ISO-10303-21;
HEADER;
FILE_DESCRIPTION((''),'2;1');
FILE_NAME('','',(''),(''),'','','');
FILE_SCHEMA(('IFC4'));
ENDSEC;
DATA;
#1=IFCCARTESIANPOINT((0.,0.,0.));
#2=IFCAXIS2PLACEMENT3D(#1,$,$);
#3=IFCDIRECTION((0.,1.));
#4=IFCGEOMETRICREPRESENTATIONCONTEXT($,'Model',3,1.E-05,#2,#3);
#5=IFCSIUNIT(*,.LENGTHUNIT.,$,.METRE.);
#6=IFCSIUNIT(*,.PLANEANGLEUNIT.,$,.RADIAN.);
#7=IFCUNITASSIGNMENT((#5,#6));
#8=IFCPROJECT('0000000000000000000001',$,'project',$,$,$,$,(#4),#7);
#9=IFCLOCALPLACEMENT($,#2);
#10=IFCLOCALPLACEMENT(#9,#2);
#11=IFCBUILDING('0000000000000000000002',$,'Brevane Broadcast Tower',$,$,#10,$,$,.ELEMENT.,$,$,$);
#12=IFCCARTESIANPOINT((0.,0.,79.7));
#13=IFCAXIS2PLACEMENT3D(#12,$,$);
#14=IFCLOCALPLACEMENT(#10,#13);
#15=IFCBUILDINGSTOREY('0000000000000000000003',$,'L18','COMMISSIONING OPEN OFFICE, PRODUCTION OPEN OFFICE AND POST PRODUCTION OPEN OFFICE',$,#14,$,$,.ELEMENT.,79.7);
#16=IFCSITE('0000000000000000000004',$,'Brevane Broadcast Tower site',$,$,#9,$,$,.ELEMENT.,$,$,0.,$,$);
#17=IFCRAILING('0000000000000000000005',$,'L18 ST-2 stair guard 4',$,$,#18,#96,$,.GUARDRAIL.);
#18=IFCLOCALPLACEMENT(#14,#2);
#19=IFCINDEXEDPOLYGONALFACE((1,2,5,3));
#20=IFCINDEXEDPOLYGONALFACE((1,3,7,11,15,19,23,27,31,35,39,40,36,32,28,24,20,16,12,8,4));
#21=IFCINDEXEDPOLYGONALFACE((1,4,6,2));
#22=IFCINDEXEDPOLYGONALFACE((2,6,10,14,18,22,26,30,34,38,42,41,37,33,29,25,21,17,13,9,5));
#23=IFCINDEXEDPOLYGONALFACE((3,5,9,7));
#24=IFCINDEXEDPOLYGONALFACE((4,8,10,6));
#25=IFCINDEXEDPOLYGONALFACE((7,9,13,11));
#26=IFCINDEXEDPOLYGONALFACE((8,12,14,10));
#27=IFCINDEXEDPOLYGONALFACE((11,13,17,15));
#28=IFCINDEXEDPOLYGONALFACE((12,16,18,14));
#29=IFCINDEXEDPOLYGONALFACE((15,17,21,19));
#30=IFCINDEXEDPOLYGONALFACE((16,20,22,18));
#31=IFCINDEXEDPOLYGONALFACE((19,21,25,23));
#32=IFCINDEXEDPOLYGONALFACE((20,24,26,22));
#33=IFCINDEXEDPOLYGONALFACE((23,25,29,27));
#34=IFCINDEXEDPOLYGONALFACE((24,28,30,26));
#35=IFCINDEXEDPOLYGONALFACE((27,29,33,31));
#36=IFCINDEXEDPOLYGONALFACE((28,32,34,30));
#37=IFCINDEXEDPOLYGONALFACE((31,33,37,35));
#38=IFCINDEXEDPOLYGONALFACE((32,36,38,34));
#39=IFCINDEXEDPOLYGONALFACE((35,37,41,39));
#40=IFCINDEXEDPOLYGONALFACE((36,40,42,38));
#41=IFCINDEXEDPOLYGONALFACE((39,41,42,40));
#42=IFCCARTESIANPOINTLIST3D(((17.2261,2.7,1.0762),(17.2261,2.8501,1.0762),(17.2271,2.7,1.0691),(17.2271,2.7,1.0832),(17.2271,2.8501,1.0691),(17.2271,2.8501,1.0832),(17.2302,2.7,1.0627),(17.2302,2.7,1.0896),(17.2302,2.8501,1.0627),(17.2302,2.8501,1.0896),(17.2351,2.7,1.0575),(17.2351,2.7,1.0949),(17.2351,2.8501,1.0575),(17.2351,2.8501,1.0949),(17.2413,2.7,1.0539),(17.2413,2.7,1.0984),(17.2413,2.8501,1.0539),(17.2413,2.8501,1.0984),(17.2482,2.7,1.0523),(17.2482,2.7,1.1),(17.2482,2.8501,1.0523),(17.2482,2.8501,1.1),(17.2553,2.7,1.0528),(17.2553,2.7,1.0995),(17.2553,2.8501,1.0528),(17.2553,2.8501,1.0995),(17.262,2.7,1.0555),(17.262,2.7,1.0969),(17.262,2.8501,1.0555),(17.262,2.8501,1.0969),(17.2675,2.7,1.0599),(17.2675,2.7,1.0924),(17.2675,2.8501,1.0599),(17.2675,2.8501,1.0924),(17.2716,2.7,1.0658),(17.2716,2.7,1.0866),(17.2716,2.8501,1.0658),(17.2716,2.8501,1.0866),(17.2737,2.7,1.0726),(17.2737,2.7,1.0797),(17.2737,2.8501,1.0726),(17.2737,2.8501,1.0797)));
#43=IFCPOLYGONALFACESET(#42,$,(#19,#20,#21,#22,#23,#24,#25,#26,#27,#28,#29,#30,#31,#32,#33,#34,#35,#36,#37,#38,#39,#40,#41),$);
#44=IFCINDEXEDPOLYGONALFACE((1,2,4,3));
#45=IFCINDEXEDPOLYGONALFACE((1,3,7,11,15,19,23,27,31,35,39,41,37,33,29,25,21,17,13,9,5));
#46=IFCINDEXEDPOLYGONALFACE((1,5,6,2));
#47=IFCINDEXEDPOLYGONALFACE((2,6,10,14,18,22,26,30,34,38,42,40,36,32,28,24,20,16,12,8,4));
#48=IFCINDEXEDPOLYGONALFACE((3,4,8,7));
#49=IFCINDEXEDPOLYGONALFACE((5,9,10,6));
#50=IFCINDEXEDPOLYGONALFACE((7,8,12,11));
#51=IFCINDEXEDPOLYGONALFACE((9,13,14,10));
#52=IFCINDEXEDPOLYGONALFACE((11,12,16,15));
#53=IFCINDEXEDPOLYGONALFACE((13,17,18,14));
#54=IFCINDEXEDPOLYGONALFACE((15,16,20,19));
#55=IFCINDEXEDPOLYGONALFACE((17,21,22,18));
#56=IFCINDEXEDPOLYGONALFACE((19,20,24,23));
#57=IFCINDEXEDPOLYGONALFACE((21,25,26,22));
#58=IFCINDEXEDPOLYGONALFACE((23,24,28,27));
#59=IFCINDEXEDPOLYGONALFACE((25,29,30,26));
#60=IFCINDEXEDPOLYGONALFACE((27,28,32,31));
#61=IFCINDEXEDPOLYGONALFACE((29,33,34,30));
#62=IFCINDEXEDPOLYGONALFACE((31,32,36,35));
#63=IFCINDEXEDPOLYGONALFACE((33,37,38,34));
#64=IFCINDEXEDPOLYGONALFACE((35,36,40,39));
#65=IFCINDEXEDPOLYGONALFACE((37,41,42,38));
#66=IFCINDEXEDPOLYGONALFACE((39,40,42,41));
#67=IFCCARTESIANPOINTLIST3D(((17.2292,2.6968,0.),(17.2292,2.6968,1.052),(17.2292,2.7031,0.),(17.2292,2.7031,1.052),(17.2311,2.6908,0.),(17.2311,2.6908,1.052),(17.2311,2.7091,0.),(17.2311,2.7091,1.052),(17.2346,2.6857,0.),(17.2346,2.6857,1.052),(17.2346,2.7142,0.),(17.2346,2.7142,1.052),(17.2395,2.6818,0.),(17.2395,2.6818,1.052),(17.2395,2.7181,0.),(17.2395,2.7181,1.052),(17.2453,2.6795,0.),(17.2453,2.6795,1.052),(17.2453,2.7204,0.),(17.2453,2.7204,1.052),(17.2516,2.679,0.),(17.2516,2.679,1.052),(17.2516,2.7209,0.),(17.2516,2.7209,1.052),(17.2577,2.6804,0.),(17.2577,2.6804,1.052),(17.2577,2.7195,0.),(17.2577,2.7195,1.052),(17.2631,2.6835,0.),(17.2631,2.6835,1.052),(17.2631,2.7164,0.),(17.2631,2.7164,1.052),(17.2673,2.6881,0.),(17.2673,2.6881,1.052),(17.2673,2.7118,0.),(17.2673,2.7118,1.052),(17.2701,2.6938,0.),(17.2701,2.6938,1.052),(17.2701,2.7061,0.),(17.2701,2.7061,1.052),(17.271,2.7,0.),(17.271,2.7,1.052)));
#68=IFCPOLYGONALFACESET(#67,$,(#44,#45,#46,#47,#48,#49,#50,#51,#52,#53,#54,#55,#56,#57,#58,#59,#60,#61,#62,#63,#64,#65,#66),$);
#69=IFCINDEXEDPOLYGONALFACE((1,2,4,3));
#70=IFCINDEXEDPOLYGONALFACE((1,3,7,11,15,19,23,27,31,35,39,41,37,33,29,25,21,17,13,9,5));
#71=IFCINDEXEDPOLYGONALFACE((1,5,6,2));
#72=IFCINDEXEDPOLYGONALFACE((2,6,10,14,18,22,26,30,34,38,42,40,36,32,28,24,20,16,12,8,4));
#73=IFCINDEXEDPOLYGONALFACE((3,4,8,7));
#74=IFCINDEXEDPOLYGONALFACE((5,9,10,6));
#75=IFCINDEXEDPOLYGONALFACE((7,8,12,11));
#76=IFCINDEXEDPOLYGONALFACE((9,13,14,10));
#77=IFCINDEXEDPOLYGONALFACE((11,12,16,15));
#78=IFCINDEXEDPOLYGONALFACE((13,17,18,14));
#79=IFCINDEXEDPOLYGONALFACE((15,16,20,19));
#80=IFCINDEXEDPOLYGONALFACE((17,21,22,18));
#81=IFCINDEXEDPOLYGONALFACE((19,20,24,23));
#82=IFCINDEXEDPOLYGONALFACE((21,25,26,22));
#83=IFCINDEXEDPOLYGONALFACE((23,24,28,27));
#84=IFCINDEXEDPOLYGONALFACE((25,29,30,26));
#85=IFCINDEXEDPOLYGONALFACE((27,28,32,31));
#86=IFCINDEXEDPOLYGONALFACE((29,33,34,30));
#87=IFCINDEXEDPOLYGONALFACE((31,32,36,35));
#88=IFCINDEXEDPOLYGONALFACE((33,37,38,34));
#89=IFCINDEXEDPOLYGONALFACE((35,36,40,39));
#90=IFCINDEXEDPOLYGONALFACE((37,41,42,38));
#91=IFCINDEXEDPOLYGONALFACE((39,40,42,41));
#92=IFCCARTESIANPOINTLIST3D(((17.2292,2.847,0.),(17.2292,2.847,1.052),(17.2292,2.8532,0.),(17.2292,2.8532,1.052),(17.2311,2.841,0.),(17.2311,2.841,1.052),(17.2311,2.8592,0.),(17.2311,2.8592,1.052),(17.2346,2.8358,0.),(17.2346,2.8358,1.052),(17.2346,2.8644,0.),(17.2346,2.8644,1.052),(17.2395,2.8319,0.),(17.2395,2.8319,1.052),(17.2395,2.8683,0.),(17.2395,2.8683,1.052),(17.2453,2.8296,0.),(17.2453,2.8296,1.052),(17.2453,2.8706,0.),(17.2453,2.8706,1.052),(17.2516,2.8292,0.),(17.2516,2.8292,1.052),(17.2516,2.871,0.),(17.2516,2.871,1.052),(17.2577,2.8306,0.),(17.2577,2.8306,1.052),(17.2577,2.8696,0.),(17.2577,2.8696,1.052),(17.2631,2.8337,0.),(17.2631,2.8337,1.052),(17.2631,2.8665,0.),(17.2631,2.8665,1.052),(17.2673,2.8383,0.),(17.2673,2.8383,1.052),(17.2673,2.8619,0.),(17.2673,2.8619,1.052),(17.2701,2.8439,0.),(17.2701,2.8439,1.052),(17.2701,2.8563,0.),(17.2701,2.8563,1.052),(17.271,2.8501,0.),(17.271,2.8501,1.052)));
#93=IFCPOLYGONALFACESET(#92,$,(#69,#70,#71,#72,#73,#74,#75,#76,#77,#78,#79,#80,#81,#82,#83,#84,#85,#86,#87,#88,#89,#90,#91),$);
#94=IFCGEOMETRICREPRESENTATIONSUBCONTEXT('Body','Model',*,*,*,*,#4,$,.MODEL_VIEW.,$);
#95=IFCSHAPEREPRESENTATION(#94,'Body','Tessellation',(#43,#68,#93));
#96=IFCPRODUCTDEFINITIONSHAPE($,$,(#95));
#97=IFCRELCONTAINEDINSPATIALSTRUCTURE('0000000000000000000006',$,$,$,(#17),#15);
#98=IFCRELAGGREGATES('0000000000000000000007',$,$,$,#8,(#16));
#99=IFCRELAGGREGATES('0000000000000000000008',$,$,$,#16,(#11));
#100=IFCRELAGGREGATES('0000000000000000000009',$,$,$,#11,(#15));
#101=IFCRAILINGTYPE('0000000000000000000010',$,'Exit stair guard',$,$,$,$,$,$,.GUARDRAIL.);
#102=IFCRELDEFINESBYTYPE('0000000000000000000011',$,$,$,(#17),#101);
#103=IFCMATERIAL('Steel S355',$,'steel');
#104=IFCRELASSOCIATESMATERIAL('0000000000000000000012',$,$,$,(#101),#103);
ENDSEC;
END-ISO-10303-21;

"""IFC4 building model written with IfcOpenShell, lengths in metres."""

from ifc_helpers import new_model, si_unit, direction, frame, origin, origin_2d, place, context, subcontext, project, spatial, circle, extrude, material, type_object, element, save


model = new_model("IFC4")

# Units and contexts
model_context = context("Model", 3, precision=1e-05, world=origin(), true_north=direction((0.0, 1.0)))
body_context = subcontext(model_context, "Body", "Model", "MODEL_VIEW")
ifc_project = project(units=[si_unit("LENGTHUNIT", "METRE"), si_unit("PLANEANGLEUNIT", "RADIAN")], contexts=[model_context])

# Site, building, storey
site_placement = place(None, origin())
site = spatial("IfcSite", under=ifc_project, at=site_placement, Name="Brevane Broadcast Tower site", CompositionType="ELEMENT", RefElevation=0.0)
building_placement = place(site_placement, origin())
building = spatial("IfcBuilding", under=site, at=building_placement, Name="Brevane Broadcast Tower", CompositionType="ELEMENT")
storey_placement = place(building_placement, frame((0.0, 0.0, 79.7)))
storey = spatial("IfcBuildingStorey", under=building, at=storey_placement, Name="L18", Description="COMMISSIONING OPEN OFFICE, PRODUCTION OPEN OFFICE AND POST PRODUCTION OPEN OFFICE", CompositionType="ELEMENT", Elevation=79.7)

# Railing
ifc_material_1 = material(Name="Steel S355", Category="steel")
railing_type_1 = type_object("IfcRailingType", Name="Exit stair guard", PredefinedType="GUARDRAIL", material=ifc_material_1)
railing_1_placement = place(storey_placement, frame((17.25, 2.7, 0.0)))
element("IfcRailing", 1, at=railing_1_placement, inside=storey, type_object=railing_type_1, Name="L18 ST-2 stair guard 4", PredefinedType="GUARDRAIL", context=body_context, shape_type="SweptSolid", body=[
    extrude(circle(Radius=0.0239, at=origin_2d()), frame((0.0, 0.0, 1.0762), z_axis=(0.0, 1.0, 0.0), x_axis=(-1.0, 0.0, 0.0)), (0.0, 0.0, 1.0), 0.1501),
    extrude(circle(Radius=0.021, at=origin_2d()), origin(), (0.0, 0.0, 1.0), 1.052),
    extrude(circle(Radius=0.021, at=origin_2d()), frame((0.0, 0.1501, 0.0)), (0.0, 0.0, 1.0), 1.052),
])

save(model, "model.ifc")
